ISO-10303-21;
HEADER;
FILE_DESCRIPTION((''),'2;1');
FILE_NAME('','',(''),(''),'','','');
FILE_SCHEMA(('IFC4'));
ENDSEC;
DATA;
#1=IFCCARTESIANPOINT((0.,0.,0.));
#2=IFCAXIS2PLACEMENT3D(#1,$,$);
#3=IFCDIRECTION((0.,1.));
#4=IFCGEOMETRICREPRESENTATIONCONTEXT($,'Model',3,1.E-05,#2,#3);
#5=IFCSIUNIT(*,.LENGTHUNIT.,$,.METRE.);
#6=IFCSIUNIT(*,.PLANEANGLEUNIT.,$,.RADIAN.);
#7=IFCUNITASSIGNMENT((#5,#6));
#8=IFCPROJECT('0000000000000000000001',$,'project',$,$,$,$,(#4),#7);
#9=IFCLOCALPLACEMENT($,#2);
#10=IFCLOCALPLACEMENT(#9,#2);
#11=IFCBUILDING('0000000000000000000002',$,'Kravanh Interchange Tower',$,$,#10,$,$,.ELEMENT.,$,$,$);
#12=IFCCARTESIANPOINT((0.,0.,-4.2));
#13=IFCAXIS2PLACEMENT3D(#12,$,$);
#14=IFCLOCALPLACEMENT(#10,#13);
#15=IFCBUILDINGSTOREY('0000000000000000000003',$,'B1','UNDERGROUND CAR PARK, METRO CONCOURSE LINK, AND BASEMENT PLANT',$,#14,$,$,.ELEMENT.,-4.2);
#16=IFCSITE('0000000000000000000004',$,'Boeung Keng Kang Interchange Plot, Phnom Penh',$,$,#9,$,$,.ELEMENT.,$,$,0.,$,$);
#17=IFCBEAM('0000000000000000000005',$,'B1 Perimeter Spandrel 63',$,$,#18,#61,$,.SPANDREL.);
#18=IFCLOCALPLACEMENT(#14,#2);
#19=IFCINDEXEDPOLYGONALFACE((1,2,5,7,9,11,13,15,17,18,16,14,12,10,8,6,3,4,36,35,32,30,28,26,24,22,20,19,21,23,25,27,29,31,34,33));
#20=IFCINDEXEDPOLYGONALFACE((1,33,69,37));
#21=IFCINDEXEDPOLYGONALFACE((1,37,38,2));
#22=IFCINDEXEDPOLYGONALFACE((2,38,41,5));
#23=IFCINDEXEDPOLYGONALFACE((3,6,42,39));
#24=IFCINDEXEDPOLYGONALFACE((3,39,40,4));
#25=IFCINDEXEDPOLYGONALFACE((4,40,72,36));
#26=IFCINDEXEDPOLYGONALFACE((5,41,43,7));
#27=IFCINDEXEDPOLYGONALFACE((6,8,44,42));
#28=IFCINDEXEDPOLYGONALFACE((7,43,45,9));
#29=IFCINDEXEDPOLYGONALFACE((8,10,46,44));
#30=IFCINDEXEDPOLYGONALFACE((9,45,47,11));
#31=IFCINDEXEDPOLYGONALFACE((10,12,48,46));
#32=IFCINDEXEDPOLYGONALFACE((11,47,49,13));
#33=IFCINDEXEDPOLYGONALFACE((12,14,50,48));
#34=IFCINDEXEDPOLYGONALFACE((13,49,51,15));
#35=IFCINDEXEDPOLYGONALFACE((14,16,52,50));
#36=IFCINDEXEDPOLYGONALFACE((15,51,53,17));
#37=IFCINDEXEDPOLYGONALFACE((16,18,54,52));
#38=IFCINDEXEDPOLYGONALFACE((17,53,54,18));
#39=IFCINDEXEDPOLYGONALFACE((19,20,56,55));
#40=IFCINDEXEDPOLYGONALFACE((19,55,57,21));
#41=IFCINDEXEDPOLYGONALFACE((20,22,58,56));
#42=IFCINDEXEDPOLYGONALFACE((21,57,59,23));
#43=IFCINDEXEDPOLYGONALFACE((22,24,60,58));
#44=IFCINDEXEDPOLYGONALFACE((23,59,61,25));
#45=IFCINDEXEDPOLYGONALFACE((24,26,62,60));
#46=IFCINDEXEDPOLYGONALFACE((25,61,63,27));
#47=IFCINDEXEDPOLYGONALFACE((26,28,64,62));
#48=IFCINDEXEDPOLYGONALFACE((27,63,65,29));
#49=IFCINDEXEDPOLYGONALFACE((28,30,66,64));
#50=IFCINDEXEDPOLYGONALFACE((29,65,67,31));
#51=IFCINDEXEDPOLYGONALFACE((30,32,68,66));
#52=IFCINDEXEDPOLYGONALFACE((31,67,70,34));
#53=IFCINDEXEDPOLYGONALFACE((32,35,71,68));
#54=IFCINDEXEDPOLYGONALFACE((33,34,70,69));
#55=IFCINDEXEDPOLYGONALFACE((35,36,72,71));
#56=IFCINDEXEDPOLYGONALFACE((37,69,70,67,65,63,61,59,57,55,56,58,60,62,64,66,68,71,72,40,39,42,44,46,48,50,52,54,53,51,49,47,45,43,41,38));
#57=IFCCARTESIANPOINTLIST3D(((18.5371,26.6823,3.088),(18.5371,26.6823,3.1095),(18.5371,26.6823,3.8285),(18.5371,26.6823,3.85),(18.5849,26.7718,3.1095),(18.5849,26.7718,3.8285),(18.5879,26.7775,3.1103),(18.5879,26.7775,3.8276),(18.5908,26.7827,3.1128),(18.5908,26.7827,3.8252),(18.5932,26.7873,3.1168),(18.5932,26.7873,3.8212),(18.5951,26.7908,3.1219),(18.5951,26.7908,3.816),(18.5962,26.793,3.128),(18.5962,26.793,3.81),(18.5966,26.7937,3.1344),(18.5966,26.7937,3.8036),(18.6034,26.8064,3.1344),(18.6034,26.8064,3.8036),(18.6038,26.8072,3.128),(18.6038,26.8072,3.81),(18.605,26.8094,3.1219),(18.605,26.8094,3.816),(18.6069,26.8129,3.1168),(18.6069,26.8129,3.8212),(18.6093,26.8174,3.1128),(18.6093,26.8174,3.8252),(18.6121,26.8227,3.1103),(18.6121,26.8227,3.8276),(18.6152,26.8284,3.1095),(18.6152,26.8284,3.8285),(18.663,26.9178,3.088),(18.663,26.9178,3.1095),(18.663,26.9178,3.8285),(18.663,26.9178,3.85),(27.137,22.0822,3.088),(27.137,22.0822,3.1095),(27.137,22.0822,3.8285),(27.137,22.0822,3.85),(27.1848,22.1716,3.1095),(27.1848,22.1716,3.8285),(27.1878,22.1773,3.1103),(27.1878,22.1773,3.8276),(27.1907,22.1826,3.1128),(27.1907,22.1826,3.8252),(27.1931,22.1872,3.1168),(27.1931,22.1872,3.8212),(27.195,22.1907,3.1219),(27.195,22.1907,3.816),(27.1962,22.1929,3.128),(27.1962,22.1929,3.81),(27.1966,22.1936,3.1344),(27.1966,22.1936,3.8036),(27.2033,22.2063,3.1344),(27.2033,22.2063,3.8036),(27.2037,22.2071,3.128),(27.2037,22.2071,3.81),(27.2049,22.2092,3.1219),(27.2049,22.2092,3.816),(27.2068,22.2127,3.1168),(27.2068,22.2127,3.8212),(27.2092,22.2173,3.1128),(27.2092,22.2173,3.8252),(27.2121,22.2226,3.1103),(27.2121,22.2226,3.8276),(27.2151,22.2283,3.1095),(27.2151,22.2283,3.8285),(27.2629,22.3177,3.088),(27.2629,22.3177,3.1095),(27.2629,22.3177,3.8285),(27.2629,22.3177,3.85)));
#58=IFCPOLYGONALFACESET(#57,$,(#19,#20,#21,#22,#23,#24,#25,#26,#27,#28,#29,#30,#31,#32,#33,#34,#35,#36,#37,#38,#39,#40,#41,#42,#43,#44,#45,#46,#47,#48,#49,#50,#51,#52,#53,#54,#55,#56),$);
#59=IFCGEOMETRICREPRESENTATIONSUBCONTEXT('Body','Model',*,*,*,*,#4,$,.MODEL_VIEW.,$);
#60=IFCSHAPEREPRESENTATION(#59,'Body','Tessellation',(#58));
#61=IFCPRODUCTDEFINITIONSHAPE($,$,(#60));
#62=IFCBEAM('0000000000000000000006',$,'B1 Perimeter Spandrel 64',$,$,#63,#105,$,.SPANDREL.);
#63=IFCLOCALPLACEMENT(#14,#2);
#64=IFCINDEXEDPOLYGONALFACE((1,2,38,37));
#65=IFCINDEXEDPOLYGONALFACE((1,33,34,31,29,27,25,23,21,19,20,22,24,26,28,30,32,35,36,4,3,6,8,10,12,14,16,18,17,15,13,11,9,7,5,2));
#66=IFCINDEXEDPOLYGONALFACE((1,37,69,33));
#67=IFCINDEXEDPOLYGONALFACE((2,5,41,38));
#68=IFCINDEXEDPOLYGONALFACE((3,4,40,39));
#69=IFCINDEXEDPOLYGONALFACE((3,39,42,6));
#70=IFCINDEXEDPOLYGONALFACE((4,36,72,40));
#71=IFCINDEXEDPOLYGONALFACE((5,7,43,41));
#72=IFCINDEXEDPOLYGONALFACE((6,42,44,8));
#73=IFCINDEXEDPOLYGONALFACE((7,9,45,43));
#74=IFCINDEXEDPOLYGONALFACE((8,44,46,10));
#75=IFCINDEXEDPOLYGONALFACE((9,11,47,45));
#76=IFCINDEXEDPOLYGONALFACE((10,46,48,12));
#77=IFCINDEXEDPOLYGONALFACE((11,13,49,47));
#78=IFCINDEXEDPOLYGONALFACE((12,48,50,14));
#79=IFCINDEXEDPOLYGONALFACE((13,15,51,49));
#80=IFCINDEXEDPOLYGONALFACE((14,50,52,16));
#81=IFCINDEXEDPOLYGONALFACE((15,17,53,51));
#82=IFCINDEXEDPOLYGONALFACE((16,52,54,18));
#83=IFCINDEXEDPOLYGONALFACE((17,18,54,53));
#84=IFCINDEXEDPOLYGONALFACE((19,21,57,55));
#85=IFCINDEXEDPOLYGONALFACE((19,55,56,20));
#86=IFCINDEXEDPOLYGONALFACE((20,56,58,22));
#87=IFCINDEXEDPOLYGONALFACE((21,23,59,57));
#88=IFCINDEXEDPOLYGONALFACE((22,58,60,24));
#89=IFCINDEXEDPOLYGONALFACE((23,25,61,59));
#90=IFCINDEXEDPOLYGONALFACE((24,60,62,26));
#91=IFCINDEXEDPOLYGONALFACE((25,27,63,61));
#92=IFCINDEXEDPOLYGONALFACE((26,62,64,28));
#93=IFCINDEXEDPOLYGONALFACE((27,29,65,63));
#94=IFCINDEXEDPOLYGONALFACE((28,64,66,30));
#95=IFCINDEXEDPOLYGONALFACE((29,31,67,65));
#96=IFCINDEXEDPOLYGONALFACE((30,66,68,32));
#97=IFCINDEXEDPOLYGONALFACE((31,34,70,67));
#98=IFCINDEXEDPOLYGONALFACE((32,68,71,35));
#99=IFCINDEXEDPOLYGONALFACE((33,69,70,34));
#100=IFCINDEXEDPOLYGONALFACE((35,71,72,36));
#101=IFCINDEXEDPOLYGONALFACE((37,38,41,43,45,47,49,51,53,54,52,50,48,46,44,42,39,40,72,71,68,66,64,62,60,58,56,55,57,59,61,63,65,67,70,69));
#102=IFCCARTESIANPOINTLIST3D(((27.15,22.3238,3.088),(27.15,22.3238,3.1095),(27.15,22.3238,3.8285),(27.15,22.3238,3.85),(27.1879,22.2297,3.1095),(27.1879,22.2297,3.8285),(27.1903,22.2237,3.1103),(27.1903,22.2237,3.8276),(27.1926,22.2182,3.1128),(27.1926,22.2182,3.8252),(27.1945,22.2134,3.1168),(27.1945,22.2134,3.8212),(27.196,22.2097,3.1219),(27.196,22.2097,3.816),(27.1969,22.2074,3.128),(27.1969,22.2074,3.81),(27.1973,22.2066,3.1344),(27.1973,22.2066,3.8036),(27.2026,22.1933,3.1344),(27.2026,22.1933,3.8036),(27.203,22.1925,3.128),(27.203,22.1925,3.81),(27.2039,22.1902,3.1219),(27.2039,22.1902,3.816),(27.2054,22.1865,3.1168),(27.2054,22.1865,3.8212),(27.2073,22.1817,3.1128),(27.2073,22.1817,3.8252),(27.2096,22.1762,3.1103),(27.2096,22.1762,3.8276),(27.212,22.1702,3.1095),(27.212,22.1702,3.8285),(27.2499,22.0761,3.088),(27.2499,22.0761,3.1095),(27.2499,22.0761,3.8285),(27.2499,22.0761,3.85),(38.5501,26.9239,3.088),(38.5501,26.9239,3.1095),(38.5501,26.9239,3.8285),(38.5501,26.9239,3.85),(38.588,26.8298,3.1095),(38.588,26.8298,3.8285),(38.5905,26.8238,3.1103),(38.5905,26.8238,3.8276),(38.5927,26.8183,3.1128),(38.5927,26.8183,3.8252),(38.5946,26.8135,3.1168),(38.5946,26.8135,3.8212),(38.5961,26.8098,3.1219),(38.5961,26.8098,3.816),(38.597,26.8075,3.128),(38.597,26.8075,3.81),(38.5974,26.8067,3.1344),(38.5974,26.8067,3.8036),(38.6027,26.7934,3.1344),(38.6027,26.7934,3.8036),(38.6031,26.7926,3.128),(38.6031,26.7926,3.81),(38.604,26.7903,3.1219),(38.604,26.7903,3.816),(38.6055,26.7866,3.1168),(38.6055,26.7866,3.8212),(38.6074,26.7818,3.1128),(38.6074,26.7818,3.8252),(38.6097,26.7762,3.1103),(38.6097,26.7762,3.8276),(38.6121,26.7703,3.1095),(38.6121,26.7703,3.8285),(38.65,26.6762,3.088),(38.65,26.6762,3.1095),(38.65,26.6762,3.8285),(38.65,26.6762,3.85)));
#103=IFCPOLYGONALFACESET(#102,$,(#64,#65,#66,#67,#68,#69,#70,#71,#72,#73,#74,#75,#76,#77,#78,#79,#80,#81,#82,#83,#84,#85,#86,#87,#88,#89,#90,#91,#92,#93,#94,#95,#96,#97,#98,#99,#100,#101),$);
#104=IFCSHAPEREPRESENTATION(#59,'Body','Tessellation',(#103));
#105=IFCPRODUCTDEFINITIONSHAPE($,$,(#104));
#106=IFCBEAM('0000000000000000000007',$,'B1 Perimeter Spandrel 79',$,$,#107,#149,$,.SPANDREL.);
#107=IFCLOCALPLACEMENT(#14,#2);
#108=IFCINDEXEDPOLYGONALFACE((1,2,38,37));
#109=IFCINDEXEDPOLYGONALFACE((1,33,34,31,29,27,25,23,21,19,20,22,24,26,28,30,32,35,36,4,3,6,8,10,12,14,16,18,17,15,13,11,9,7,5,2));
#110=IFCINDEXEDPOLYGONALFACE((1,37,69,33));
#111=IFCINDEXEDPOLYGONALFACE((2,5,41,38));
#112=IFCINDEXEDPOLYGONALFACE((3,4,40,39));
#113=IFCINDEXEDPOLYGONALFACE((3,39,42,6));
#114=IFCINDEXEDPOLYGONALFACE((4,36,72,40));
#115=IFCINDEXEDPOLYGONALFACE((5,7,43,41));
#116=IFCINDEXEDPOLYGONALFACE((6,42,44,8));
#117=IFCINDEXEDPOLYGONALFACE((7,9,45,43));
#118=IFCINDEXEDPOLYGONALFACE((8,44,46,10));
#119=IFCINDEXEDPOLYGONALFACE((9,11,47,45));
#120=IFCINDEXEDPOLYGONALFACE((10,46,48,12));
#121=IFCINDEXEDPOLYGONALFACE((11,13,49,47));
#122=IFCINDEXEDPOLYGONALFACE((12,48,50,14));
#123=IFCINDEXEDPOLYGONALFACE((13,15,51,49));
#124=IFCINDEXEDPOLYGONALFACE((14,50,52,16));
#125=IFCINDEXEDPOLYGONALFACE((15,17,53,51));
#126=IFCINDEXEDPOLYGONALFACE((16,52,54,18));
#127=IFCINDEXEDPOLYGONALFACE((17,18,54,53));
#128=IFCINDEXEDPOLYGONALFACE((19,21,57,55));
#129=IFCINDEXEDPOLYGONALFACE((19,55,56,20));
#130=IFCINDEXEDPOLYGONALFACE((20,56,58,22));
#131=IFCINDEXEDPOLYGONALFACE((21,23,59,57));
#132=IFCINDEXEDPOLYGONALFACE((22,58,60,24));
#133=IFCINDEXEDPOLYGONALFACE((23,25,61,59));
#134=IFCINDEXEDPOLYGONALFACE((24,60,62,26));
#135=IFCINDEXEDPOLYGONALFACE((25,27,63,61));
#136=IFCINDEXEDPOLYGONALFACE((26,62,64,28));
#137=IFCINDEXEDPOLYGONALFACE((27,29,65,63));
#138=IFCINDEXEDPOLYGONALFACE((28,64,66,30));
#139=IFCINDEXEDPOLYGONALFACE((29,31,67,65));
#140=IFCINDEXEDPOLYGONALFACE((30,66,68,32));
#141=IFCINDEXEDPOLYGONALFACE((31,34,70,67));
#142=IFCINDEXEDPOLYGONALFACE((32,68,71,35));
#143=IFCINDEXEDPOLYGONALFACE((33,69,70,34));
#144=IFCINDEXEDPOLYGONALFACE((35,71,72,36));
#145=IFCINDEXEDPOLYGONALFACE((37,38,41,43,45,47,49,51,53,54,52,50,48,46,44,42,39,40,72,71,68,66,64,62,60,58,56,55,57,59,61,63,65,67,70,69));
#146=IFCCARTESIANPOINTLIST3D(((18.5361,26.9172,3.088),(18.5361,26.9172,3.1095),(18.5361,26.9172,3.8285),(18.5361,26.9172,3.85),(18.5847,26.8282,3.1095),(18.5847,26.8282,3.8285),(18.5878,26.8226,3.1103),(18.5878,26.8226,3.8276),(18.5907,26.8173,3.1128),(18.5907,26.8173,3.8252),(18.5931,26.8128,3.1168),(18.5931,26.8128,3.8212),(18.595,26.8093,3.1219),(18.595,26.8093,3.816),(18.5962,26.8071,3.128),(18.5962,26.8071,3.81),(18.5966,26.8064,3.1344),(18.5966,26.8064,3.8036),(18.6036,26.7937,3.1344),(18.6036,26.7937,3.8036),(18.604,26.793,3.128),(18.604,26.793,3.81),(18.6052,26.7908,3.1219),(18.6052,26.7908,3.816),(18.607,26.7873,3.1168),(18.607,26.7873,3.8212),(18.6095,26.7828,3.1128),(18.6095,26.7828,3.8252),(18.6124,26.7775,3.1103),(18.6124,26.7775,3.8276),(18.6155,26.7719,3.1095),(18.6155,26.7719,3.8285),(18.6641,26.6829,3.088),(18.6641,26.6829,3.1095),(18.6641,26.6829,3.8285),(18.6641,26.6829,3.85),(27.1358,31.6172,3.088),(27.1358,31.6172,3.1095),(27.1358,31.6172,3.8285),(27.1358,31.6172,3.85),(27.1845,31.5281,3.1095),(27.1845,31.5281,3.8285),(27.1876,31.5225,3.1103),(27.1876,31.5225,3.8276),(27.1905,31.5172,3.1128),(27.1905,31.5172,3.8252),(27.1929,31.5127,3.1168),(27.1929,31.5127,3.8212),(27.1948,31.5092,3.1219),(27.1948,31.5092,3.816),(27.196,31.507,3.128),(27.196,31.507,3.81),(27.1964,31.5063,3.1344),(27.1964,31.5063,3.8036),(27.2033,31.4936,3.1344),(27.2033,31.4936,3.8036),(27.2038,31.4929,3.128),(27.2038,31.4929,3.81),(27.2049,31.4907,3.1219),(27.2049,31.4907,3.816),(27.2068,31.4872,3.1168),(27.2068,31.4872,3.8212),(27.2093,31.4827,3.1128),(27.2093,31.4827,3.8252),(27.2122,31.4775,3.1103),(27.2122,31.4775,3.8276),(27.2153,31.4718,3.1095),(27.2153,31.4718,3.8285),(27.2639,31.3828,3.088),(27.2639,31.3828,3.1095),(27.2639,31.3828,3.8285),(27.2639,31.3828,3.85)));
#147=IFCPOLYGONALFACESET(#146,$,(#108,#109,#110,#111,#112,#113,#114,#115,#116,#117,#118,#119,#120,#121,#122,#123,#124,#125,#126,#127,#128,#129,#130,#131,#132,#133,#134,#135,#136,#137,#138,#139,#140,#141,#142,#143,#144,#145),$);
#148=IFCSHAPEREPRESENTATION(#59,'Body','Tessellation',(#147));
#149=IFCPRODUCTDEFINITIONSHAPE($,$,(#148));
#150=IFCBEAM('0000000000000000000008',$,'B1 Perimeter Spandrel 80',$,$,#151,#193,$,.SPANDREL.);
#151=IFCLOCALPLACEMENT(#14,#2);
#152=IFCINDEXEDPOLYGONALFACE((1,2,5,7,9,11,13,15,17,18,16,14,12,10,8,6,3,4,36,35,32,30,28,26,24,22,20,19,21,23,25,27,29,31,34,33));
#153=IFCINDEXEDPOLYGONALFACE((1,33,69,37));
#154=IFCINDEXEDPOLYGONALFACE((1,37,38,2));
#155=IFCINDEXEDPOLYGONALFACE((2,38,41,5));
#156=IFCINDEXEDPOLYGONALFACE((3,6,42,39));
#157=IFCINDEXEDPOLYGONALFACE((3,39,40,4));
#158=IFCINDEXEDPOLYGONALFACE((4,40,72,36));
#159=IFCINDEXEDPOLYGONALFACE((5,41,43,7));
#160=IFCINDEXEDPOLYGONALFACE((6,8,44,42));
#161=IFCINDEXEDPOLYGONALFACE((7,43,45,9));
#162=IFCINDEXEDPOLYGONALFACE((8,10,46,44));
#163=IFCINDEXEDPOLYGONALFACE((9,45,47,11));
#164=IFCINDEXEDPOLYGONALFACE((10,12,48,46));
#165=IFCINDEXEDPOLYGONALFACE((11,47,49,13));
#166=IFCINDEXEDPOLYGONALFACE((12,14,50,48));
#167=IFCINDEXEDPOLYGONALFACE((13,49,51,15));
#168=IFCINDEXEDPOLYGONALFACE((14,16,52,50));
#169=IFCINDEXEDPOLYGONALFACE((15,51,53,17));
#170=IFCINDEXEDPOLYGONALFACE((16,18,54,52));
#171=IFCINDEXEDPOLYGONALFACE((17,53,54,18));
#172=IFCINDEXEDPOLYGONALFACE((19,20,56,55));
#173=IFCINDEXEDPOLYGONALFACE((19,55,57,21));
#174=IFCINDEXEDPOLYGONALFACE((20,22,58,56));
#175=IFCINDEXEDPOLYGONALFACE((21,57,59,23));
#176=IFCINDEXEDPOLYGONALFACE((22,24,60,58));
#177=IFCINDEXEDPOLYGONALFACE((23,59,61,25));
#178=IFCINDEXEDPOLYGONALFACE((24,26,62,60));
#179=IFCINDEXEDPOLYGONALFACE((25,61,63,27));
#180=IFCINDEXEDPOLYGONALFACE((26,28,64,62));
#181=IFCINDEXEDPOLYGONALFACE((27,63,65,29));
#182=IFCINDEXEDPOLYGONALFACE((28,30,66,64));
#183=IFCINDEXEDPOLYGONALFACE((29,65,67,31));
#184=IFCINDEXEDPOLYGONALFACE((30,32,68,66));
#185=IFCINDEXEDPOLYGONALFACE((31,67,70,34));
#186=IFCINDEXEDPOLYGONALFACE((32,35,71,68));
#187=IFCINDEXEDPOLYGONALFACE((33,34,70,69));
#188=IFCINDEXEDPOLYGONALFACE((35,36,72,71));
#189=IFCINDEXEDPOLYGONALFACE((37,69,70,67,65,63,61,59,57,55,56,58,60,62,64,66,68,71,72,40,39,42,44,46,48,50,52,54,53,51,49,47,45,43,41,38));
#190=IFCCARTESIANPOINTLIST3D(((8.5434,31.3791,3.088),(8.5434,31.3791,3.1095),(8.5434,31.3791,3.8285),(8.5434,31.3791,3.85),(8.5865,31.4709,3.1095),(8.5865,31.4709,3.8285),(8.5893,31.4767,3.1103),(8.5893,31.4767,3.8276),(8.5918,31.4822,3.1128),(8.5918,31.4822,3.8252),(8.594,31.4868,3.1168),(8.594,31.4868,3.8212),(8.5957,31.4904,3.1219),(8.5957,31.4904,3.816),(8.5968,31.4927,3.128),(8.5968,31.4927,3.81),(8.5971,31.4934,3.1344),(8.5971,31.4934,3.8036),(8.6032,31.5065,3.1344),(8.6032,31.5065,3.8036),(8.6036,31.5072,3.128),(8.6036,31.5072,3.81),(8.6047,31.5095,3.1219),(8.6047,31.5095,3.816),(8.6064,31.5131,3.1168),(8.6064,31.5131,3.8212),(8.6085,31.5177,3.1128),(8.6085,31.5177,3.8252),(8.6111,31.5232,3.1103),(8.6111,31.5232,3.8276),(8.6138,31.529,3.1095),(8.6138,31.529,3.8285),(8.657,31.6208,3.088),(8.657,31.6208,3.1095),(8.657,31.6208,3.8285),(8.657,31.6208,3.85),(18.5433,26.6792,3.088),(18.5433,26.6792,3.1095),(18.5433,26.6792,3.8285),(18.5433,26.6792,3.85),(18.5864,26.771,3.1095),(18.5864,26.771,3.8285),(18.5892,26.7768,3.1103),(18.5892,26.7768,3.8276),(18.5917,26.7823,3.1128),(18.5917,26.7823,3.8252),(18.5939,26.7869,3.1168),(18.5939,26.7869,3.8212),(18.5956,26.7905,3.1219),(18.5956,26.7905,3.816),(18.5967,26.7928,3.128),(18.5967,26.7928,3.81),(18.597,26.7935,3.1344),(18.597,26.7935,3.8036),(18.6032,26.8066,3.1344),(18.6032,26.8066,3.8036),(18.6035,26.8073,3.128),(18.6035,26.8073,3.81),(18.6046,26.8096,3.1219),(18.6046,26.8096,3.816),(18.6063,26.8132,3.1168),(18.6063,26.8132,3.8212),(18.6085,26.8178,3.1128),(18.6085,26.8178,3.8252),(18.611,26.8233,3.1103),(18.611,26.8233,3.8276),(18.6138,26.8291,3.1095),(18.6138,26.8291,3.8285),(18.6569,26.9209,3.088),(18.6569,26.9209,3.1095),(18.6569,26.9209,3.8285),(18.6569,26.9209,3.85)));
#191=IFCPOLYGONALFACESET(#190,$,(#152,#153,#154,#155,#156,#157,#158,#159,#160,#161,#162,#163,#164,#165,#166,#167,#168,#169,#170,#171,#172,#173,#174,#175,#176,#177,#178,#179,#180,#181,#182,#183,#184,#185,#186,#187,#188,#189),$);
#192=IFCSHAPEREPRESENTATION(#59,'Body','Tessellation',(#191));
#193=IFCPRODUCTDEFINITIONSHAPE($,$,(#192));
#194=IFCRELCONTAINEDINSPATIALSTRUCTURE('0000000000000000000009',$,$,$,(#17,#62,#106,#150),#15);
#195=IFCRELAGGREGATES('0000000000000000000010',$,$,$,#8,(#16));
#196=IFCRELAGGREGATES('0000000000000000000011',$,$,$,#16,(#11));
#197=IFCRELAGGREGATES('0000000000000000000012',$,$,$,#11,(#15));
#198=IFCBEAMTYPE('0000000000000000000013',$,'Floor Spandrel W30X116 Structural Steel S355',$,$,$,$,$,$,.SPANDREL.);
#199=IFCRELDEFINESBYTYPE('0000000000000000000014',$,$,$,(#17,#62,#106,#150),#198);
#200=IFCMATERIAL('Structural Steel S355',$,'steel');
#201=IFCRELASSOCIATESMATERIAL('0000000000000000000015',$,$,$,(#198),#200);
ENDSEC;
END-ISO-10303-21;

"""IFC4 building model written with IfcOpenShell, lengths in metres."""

from ifc_helpers import new_model, si_unit, direction, frame, origin, origin_2d, place, context, subcontext, project, spatial, i_section, extrude, material, material_profile, profile_set, type_object, element, save


model = new_model("IFC4")

# Units and contexts
model_context = context("Model", 3, precision=1e-05, world=origin(), true_north=direction((0.0, 1.0)))
body_context = subcontext(model_context, "Body", "Model", "MODEL_VIEW")
ifc_project = project(units=[si_unit("LENGTHUNIT", "METRE"), si_unit("PLANEANGLEUNIT", "RADIAN")], contexts=[model_context])

# Site, building, storey
site_placement = place(None, origin())
site = spatial("IfcSite", under=ifc_project, at=site_placement, Name="Boeung Keng Kang Interchange Plot, Phnom Penh", CompositionType="ELEMENT", RefElevation=0.0)
building_placement = place(site_placement, origin())
building = spatial("IfcBuilding", under=site, at=building_placement, Name="Kravanh Interchange Tower", CompositionType="ELEMENT")
storey_placement = place(building_placement, frame((0.0, 0.0, -4.2)))
storey = spatial("IfcBuildingStorey", under=building, at=storey_placement, Name="B1", Description="UNDERGROUND CAR PARK, METRO CONCOURSE LINK, AND BASEMENT PLANT", CompositionType="ELEMENT", Elevation=-4.2)

# Beams
ifc_material_1 = material(Name="Structural Steel S355", Category="steel")
ifc_material_profile_1 = material_profile(ifc_material_1, i_section(OverallWidth=0.2671, OverallDepth=0.762, WebThickness=0.0144, FlangeThickness=0.0215, FilletRadius=0.0249, at=origin_2d()), Name="W30X116")
ifc_profile_set_1 = profile_set([ifc_material_profile_1], Name="Structural Steel S355")
beam_type_1 = type_object("IfcBeamType", Name="Floor Spandrel W30X116 Structural Steel S355", PredefinedType="SPANDREL", material=ifc_profile_set_1)
beam_1_placement = place(storey_placement, frame((27.2, 22.2, 3.469), z_axis=(-0.881777, 0.471666, 0.0), x_axis=(-0.471666, -0.881777, 0.0)))
element("IfcBeam", 1, at=beam_1_placement, inside=storey, type_object=beam_type_1, Name="B1 Perimeter Spandrel 63", PredefinedType="SPANDREL", context=body_context, shape_type="SweptSolid", body=[
    extrude(i_section(OverallWidth=0.2671, OverallDepth=0.762, WebThickness=0.0144, FlangeThickness=0.0215, FilletRadius=0.0249, at=origin_2d()), origin(), (0.0, 0.0, 1.0), 9.7529),
])
beam_2_placement = place(storey_placement, frame((27.2, 22.2, 3.469), z_axis=(0.927349, 0.374197, 0.0), x_axis=(-0.374197, 0.927349, 0.0)))
element("IfcBeam", 2, at=beam_2_placement, inside=storey, type_object=beam_type_1, Name="B1 Perimeter Spandrel 64", PredefinedType="SPANDREL", context=body_context, shape_type="SweptSolid", body=[
    extrude(i_section(OverallWidth=0.2671, OverallDepth=0.762, WebThickness=0.0144, FlangeThickness=0.0215, FilletRadius=0.0249, at=origin_2d()), origin(), (0.0, 0.0, 1.0), 12.2932),
])
beam_3_placement = place(storey_placement, frame((18.6001, 26.8, 3.469), z_axis=(0.877504, 0.479569, 0.0), x_axis=(-0.479569, 0.877504, 0.0)))
element("IfcBeam", 3, at=beam_3_placement, inside=storey, type_object=beam_type_1, Name="B1 Perimeter Spandrel 79", PredefinedType="SPANDREL", context=body_context, shape_type="SweptSolid", body=[
    extrude(i_section(OverallWidth=0.2671, OverallDepth=0.762, WebThickness=0.0144, FlangeThickness=0.0215, FilletRadius=0.0249, at=origin_2d()), origin(), (0.0, 0.0, 1.0), 9.8003),
])
beam_4_placement = place(storey_placement, frame((18.6001, 26.8, 3.469), z_axis=(-0.905025, 0.425358, 0.0), x_axis=(-0.425358, -0.905025, 0.0)))
element("IfcBeam", 4, at=beam_4_placement, inside=storey, type_object=beam_type_1, Name="B1 Perimeter Spandrel 80", PredefinedType="SPANDREL", context=body_context, shape_type="SweptSolid", body=[
    extrude(i_section(OverallWidth=0.2671, OverallDepth=0.762, WebThickness=0.0144, FlangeThickness=0.0215, FilletRadius=0.0249, at=origin_2d()), origin(), (0.0, 0.0, 1.0), 11.0493),
])

save(model, "model.ifc")
